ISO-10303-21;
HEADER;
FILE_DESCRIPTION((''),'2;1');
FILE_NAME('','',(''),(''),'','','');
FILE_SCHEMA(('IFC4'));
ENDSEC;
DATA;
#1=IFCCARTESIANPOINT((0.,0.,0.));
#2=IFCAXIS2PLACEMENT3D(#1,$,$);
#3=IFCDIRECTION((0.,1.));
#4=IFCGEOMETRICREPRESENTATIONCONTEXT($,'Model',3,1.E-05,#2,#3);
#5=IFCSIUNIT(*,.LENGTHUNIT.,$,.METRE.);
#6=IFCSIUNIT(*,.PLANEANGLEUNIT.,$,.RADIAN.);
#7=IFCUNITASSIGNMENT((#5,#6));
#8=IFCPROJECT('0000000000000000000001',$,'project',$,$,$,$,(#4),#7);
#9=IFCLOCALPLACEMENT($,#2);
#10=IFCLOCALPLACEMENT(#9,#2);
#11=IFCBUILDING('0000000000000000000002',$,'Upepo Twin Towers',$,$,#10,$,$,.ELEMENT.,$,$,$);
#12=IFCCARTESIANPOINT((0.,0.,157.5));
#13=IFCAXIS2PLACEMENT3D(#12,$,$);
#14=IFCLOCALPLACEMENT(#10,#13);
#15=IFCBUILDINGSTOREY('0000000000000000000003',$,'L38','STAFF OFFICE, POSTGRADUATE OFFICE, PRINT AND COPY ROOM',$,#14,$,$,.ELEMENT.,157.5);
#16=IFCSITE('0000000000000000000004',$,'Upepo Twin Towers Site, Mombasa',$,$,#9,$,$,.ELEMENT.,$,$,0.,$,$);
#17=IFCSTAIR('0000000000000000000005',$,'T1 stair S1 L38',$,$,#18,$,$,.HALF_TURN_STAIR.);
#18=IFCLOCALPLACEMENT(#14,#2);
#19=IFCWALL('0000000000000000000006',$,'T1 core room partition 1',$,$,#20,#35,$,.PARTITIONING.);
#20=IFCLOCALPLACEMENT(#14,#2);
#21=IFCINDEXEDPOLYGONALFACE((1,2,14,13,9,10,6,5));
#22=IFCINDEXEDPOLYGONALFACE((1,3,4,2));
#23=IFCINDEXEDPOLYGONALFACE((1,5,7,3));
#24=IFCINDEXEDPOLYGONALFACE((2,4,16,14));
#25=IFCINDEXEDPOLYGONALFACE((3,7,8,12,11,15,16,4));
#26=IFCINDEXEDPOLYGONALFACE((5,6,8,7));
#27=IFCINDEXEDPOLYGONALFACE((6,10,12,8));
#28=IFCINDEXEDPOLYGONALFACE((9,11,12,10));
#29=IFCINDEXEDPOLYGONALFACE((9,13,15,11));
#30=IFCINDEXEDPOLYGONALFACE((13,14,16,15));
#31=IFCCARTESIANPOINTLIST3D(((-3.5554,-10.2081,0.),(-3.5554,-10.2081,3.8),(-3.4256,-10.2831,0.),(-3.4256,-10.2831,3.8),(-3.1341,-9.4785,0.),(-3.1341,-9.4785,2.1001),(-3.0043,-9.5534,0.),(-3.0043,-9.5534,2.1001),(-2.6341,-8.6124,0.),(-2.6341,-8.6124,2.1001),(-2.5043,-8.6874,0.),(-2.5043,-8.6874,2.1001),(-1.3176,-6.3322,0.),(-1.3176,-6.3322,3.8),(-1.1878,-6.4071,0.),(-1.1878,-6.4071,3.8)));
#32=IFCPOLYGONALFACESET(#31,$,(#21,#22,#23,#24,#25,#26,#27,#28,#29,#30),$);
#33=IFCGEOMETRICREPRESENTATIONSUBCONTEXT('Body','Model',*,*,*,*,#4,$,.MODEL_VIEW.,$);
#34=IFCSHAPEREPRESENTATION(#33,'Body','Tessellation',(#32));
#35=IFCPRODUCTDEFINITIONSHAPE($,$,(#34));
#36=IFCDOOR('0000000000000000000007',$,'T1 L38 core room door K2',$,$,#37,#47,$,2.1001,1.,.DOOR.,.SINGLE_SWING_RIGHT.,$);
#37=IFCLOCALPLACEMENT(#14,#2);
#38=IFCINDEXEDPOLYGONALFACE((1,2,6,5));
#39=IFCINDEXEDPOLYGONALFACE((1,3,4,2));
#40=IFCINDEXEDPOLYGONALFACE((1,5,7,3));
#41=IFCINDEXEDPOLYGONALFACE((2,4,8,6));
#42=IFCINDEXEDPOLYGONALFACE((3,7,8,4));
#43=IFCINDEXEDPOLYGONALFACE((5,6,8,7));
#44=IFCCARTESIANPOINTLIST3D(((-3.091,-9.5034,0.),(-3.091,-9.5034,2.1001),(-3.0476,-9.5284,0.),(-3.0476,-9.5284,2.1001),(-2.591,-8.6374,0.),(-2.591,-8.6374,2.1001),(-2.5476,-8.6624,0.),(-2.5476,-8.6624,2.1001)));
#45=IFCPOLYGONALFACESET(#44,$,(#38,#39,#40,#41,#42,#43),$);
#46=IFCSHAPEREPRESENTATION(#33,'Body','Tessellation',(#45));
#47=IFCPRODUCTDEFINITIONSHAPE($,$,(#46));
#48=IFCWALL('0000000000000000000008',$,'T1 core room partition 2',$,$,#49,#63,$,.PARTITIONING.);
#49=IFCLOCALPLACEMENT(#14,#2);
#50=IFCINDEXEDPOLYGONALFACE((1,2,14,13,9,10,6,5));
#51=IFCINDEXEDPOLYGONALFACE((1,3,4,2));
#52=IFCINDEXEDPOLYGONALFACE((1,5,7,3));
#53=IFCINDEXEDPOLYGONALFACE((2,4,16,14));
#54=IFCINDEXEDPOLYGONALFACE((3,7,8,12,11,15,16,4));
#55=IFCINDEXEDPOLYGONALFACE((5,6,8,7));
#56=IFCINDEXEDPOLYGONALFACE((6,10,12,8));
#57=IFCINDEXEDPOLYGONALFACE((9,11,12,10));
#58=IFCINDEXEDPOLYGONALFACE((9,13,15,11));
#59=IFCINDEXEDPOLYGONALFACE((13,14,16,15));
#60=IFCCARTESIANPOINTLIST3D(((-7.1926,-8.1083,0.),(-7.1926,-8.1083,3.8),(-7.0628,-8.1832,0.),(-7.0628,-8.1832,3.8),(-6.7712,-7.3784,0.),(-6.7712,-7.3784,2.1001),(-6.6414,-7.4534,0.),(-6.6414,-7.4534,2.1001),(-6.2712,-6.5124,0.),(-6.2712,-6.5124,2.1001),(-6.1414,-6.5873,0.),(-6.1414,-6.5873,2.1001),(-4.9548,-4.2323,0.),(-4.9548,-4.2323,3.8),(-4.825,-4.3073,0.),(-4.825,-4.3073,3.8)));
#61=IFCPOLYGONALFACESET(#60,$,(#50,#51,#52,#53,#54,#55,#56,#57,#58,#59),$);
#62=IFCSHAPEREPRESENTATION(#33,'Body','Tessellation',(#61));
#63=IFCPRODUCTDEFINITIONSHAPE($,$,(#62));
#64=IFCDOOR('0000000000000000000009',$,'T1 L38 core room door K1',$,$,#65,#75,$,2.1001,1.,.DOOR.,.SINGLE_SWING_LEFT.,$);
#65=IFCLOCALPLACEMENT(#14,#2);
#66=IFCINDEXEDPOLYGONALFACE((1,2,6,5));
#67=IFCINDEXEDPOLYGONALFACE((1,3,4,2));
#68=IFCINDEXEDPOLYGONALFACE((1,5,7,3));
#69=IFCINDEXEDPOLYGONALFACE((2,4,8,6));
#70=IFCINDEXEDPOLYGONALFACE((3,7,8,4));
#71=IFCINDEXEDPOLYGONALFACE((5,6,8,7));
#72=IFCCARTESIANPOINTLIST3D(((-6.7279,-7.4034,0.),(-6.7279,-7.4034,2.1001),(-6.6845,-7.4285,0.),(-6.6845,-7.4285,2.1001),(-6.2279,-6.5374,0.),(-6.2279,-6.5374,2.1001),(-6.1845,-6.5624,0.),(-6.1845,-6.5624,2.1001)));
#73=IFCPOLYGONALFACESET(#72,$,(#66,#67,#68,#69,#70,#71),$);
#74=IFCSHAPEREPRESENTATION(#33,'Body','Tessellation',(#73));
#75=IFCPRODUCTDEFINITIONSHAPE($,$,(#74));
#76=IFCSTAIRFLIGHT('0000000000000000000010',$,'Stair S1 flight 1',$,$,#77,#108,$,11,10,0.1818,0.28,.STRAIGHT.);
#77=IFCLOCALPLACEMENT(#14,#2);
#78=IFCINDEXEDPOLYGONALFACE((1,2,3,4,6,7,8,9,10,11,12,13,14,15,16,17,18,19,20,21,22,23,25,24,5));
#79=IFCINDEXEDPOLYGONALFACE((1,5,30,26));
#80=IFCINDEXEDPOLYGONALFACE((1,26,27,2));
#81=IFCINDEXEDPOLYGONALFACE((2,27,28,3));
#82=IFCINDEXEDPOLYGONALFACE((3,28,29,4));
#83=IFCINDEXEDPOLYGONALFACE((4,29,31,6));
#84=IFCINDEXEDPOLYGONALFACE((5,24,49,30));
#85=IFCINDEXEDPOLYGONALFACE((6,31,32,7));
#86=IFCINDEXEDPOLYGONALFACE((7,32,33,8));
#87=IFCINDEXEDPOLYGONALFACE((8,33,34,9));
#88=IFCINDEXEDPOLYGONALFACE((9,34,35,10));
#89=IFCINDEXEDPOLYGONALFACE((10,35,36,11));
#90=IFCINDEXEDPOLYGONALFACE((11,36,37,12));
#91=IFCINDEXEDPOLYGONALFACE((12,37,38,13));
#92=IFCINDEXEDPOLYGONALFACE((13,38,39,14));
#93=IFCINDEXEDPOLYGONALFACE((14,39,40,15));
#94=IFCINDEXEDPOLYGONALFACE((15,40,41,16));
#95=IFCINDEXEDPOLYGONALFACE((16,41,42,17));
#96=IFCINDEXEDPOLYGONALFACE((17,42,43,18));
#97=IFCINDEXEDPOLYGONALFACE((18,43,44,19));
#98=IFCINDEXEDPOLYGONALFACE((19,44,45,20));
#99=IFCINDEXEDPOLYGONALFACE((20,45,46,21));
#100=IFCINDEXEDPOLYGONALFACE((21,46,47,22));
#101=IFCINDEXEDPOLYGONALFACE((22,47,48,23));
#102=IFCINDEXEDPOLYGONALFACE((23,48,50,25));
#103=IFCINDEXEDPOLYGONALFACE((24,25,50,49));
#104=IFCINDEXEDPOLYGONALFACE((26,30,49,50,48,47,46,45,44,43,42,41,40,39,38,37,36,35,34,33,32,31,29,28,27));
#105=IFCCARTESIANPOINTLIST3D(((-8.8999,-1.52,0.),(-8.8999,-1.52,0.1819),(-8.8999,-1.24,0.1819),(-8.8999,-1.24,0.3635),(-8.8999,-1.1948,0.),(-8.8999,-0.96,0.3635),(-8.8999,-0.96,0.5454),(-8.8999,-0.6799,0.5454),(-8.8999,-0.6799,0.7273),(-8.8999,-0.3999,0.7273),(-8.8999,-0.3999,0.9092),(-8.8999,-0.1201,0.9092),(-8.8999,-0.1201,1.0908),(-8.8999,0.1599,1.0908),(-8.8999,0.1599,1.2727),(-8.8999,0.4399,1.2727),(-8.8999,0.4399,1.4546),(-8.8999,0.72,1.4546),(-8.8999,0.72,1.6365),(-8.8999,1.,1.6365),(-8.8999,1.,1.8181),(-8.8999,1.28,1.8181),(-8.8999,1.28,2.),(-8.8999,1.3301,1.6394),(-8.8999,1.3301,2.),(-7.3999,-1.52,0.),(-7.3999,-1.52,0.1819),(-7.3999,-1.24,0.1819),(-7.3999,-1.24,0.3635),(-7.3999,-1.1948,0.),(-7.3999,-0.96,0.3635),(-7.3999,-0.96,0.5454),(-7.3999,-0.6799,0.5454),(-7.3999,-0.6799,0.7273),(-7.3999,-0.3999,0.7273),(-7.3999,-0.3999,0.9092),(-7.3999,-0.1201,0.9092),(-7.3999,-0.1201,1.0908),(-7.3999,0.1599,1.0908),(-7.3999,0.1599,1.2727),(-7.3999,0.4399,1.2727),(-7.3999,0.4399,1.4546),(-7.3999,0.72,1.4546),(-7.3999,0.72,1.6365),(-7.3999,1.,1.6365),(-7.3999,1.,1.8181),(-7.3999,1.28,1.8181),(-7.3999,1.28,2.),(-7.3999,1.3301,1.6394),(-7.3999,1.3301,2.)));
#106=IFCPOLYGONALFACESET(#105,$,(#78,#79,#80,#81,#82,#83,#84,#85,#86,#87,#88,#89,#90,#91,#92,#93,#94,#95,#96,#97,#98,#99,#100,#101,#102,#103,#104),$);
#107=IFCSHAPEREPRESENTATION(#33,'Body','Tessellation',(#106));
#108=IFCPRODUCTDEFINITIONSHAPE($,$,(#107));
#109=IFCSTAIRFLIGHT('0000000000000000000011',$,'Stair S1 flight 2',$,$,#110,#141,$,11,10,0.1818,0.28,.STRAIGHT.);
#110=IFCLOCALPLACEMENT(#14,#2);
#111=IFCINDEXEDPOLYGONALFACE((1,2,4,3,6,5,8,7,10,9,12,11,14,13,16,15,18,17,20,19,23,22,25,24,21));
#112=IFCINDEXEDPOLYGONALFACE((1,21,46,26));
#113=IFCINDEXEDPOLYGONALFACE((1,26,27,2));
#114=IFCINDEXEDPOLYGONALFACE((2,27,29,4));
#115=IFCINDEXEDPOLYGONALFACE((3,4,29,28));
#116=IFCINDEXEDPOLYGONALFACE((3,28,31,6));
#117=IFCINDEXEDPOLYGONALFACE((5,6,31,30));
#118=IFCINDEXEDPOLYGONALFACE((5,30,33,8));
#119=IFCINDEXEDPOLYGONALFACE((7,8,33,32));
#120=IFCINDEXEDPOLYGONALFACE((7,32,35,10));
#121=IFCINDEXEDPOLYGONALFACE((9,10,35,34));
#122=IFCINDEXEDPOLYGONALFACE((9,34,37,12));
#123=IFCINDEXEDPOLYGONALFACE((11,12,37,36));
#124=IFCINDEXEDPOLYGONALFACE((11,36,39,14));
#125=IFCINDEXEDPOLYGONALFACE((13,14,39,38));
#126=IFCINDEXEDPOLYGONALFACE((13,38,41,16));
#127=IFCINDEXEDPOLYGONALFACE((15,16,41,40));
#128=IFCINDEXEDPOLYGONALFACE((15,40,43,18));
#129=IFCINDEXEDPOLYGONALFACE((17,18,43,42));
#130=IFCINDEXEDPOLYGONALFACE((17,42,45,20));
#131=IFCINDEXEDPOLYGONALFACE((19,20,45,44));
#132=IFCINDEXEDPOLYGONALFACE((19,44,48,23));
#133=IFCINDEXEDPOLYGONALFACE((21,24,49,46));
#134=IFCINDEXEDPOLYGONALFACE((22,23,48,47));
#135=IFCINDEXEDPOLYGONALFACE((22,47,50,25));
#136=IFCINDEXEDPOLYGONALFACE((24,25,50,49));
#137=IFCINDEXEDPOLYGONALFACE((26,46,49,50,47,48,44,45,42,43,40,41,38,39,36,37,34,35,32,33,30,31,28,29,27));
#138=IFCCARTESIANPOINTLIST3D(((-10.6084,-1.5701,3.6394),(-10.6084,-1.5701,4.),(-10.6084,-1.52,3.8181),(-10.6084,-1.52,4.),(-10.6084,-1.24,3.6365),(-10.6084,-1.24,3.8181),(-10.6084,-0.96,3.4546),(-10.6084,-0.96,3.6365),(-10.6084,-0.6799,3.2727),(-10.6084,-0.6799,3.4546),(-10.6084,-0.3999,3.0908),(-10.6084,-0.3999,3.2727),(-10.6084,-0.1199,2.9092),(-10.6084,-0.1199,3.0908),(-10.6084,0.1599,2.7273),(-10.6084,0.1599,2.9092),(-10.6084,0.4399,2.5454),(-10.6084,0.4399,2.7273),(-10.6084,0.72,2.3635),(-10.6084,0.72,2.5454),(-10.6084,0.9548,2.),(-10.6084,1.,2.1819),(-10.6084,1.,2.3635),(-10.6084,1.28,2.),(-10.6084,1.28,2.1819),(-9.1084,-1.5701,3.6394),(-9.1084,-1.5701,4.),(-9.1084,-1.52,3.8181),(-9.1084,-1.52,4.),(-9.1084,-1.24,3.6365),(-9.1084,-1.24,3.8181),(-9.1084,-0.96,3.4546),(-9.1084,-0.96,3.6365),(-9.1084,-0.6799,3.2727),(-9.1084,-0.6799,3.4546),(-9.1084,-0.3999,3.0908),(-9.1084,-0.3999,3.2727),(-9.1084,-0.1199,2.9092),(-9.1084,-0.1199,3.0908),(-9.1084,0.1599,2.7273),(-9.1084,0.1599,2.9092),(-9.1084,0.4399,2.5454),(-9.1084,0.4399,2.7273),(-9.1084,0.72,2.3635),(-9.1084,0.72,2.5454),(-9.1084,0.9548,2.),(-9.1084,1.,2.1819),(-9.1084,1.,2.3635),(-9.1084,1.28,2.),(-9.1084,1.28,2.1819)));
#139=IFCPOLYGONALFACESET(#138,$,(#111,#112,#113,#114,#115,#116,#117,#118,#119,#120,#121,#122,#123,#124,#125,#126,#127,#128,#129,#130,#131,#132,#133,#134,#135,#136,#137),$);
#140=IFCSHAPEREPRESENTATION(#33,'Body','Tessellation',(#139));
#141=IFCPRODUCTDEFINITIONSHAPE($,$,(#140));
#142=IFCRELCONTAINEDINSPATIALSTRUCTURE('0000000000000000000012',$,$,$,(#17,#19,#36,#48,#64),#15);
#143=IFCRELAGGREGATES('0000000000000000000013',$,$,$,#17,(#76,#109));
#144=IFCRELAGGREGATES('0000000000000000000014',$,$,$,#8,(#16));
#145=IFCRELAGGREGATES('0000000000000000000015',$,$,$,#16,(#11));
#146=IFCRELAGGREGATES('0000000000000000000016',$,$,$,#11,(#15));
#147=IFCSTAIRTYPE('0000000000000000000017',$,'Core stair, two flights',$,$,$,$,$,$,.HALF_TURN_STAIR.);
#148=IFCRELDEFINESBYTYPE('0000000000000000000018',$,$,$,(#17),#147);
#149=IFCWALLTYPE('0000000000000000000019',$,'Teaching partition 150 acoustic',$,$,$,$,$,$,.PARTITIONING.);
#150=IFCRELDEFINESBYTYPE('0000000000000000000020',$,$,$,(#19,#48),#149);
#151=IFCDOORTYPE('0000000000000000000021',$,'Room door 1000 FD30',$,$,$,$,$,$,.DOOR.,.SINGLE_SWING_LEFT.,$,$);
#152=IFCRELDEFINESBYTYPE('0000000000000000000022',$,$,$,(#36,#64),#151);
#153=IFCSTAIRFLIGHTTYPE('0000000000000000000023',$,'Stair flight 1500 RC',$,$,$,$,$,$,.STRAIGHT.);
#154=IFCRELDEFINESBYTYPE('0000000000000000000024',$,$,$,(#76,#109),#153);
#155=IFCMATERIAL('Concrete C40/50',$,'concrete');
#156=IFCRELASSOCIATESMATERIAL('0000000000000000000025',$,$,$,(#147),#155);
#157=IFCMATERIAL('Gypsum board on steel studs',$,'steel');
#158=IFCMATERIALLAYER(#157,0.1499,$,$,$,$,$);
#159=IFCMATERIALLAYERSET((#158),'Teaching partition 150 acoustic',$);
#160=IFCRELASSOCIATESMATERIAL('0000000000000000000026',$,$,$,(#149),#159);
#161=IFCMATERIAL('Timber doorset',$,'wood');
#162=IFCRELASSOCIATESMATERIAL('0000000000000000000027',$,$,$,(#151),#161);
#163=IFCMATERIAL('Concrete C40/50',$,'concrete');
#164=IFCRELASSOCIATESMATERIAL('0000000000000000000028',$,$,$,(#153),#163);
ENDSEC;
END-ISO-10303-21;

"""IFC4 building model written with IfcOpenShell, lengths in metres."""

from ifc_helpers import new_model, si_unit, direction, frame, frame_2d, origin, place, context, subcontext, project, spatial, polyline, rectangle, outline, extrude, material, layer, layer_set, type_object, element, fill, aggregate, save


model = new_model("IFC4")

# Units and contexts
model_context = context("Model", 3, precision=1e-05, world=origin(), true_north=direction((0.0, 1.0)))
body_context = subcontext(model_context, "Body", "Model", "MODEL_VIEW")
ifc_project = project(units=[si_unit("LENGTHUNIT", "METRE"), si_unit("PLANEANGLEUNIT", "RADIAN")], contexts=[model_context])

# Site, building, storey
site_placement = place(None, origin())
site = spatial("IfcSite", under=ifc_project, at=site_placement, Name="Upepo Twin Towers Site, Mombasa", CompositionType="ELEMENT", RefElevation=0.0)
building_placement = place(site_placement, origin())
building = spatial("IfcBuilding", under=site, at=building_placement, Name="Upepo Twin Towers", CompositionType="ELEMENT")
storey_placement = place(building_placement, frame((0.0, 0.0, 157.5)))
storey = spatial("IfcBuildingStorey", under=building, at=storey_placement, Name="L38", Description="STAFF OFFICE, POSTGRADUATE OFFICE, PRINT AND COPY ROOM", CompositionType="ELEMENT", Elevation=157.5)

# Stair
ifc_material_1 = material(Name="Concrete C40/50", Category="concrete")
stair_type = type_object("IfcStairType", Name="Core stair, two flights", PredefinedType="HALF_TURN_STAIR", material=ifc_material_1)
stair_placement = place(storey_placement, origin())
stair = element("IfcStair", 1, at=stair_placement, inside=storey, type_object=stair_type, Name="T1 stair S1 L38", PredefinedType="HALF_TURN_STAIR")

# Walls, openings, doors
ifc_material_2 = material(Name="Gypsum board on steel studs", Category="steel")
ifc_layer_1 = layer(ifc_material_2, 0.1499)
ifc_layer_set_1 = layer_set([ifc_layer_1], Name="Teaching partition 150 acoustic")
wall_type_1 = type_object("IfcWallType", Name="Teaching partition 150 acoustic", PredefinedType="PARTITIONING", material=ifc_layer_set_1)
wall_1_placement = place(storey_placement, frame((-1.2527, -6.3696, 0.0), z_axis=(0.0, 0.0, 1.0), x_axis=(-0.499999, -0.866026, 0.0)))
wall_1 = element("IfcWall", 2, at=wall_1_placement, inside=storey, type_object=wall_type_1, Name="T1 core room partition 1", PredefinedType="PARTITIONING", context=body_context, shape_type="SweptSolid", body=[
    extrude(rectangle(XDim=4.4756, YDim=0.1499, at=frame_2d((2.2378, 0.0))), origin(), (0.0, 0.0, 1.0), 3.8),
])
opening_1_placement = place(wall_1_placement, frame((2.6331, 0.0, 0.0)))
opening_1 = element("IfcOpeningElement", 3, at=opening_1_placement, cuts=wall_1, PredefinedType="OPENING", context=body_context, shape_type="SweptSolid", body=[
    extrude(rectangle(XDim=1.0, YDim=2.1001, at=frame_2d((0.5, 1.05))), frame((0.0, 0.085, 0.0), z_axis=(0.0, -1.0, 0.0), x_axis=(1.0, 0.0, 0.0)), (0.0, 0.0, 1.0), 0.1699),
])
ifc_material_3 = material(Name="Timber doorset", Category="wood")
door_type_1 = type_object("IfcDoorType", Name="Room door 1000 FD30", OperationType="SINGLE_SWING_LEFT", PredefinedType="DOOR", material=ifc_material_3)
door_1_placement = place(opening_1_placement, origin())
door_1 = element("IfcDoor", 4, at=door_1_placement, inside=storey, type_object=door_type_1, Name="T1 L38 core room door K2", OperationType="SINGLE_SWING_RIGHT", OverallHeight=2.1001, OverallWidth=1.0, PredefinedType="DOOR", context=body_context, shape_type="SweptSolid", body=[
    extrude(rectangle(XDim=1.0, YDim=2.1001, at=frame_2d((0.5, 1.05))), frame((0.0, 0.0249, 0.0), z_axis=(0.0, -1.0, 0.0), x_axis=(1.0, 0.0, 0.0)), (0.0, 0.0, 1.0), 0.05),
])
fill(opening_1, door_1)
wall_2_placement = place(storey_placement, frame((-7.1277, -8.1458, 0.0), z_axis=(0.0, 0.0, 1.0), x_axis=(0.499999, 0.866026, 0.0)))
wall_2 = element("IfcWall", 5, at=wall_2_placement, inside=storey, type_object=wall_type_1, Name="T1 core room partition 2", PredefinedType="PARTITIONING", context=body_context, shape_type="SweptSolid", body=[
    extrude(rectangle(XDim=4.4756, YDim=0.1499, at=frame_2d((2.2378, 0.0))), origin(), (0.0, 0.0, 1.0), 3.8),
])
opening_2_placement = place(wall_2_placement, frame((0.8428, 0.0, 0.0)))
opening_2 = element("IfcOpeningElement", 6, at=opening_2_placement, cuts=wall_2, PredefinedType="OPENING", context=body_context, shape_type="SweptSolid", body=[
    extrude(rectangle(XDim=1.0, YDim=2.1001, at=frame_2d((0.5, 1.05))), frame((0.0, 0.085, 0.0), z_axis=(0.0, -1.0, 0.0), x_axis=(1.0, 0.0, 0.0)), (0.0, 0.0, 1.0), 0.1699),
])
door_2_placement = place(opening_2_placement, origin())
door_2 = element("IfcDoor", 7, at=door_2_placement, inside=storey, type_object=door_type_1, Name="T1 L38 core room door K1", OperationType="SINGLE_SWING_LEFT", OverallHeight=2.1001, OverallWidth=1.0, PredefinedType="DOOR", context=body_context, shape_type="SweptSolid", body=[
    extrude(rectangle(XDim=1.0, YDim=2.1001, at=frame_2d((0.5, 1.05))), frame((0.0, 0.0249, 0.0), z_axis=(0.0, -1.0, 0.0), x_axis=(1.0, 0.0, 0.0)), (0.0, 0.0, 1.0), 0.05),
])
fill(opening_2, door_2)

# Stair flights
ifc_material_4 = material(Name="Concrete C40/50", Category="concrete")
stair_flight_type = type_object("IfcStairFlightType", Name="Stair flight 1500 RC", PredefinedType="STRAIGHT", material=ifc_material_4)
stair_flight_1_placement = place(storey_placement, frame((-8.1499, -1.52, 0.0), z_axis=(0.0, 0.0, 1.0), x_axis=(0.0, 1.0, 0.0)))
stair_flight_1 = element("IfcStairFlight", 8, at=stair_flight_1_placement, type_object=stair_flight_type, Name="Stair S1 flight 1", NumberOfRisers=11, NumberOfTreads=10, PredefinedType="STRAIGHT", RiserHeight=0.1818, TreadLength=0.28, context=body_context, shape_type="SweptSolid", body=[
    extrude(outline(polyline([(0.0, 0.0), (0.0, 0.1819), (0.28, 0.1819), (0.28, 0.3635), (0.5601, 0.3635), (0.5601, 0.5454), (0.8401, 0.5454), (0.8401, 0.7273), (1.1201, 0.7273), (1.1201, 0.9092), (1.3999, 0.9092), (1.3999, 1.0908), (1.6799, 1.0908), (1.6799, 1.2727), (1.96, 1.2727), (1.96, 1.4546), (2.24, 1.4546), (2.24, 1.6365), (2.52, 1.6365), (2.52, 1.8181), (2.8, 1.8181), (2.8, 2.0), (2.8501, 2.0), (2.8501, 1.6394), (0.3252, 0.0), (0.0, 0.0)])), frame((0.0, 0.75, 0.0), z_axis=(0.0, -1.0, 0.0), x_axis=(1.0, 0.0, 0.0)), (0.0, 0.0, 1.0), 1.5),
])
stair_flight_2_placement = place(storey_placement, frame((-9.8584, 1.28, 2.0), z_axis=(0.0, 0.0, 1.0), x_axis=(0.0, -1.0, 0.0)))
stair_flight_2 = element("IfcStairFlight", 9, at=stair_flight_2_placement, type_object=stair_flight_type, Name="Stair S1 flight 2", NumberOfRisers=11, NumberOfTreads=10, PredefinedType="STRAIGHT", RiserHeight=0.1818, TreadLength=0.28, context=body_context, shape_type="SweptSolid", body=[
    extrude(outline(polyline([(0.0, 0.0), (0.0, 0.1819), (0.28, 0.1819), (0.28, 0.3635), (0.5601, 0.3635), (0.5601, 0.5454), (0.8401, 0.5454), (0.8401, 0.7273), (1.1201, 0.7273), (1.1201, 0.9092), (1.3999, 0.9092), (1.3999, 1.0908), (1.6799, 1.0908), (1.6799, 1.2727), (1.96, 1.2727), (1.96, 1.4546), (2.24, 1.4546), (2.24, 1.6365), (2.52, 1.6365), (2.52, 1.8181), (2.8, 1.8181), (2.8, 2.0), (2.8501, 2.0), (2.8501, 1.6394), (0.3252, 0.0), (0.0, 0.0)])), frame((0.0, 0.75, 0.0), z_axis=(0.0, -1.0, 0.0), x_axis=(1.0, 0.0, 0.0)), (0.0, 0.0, 1.0), 1.5),
])
aggregate(stair, [stair_flight_1, stair_flight_2])

save(model, "model.ifc")
